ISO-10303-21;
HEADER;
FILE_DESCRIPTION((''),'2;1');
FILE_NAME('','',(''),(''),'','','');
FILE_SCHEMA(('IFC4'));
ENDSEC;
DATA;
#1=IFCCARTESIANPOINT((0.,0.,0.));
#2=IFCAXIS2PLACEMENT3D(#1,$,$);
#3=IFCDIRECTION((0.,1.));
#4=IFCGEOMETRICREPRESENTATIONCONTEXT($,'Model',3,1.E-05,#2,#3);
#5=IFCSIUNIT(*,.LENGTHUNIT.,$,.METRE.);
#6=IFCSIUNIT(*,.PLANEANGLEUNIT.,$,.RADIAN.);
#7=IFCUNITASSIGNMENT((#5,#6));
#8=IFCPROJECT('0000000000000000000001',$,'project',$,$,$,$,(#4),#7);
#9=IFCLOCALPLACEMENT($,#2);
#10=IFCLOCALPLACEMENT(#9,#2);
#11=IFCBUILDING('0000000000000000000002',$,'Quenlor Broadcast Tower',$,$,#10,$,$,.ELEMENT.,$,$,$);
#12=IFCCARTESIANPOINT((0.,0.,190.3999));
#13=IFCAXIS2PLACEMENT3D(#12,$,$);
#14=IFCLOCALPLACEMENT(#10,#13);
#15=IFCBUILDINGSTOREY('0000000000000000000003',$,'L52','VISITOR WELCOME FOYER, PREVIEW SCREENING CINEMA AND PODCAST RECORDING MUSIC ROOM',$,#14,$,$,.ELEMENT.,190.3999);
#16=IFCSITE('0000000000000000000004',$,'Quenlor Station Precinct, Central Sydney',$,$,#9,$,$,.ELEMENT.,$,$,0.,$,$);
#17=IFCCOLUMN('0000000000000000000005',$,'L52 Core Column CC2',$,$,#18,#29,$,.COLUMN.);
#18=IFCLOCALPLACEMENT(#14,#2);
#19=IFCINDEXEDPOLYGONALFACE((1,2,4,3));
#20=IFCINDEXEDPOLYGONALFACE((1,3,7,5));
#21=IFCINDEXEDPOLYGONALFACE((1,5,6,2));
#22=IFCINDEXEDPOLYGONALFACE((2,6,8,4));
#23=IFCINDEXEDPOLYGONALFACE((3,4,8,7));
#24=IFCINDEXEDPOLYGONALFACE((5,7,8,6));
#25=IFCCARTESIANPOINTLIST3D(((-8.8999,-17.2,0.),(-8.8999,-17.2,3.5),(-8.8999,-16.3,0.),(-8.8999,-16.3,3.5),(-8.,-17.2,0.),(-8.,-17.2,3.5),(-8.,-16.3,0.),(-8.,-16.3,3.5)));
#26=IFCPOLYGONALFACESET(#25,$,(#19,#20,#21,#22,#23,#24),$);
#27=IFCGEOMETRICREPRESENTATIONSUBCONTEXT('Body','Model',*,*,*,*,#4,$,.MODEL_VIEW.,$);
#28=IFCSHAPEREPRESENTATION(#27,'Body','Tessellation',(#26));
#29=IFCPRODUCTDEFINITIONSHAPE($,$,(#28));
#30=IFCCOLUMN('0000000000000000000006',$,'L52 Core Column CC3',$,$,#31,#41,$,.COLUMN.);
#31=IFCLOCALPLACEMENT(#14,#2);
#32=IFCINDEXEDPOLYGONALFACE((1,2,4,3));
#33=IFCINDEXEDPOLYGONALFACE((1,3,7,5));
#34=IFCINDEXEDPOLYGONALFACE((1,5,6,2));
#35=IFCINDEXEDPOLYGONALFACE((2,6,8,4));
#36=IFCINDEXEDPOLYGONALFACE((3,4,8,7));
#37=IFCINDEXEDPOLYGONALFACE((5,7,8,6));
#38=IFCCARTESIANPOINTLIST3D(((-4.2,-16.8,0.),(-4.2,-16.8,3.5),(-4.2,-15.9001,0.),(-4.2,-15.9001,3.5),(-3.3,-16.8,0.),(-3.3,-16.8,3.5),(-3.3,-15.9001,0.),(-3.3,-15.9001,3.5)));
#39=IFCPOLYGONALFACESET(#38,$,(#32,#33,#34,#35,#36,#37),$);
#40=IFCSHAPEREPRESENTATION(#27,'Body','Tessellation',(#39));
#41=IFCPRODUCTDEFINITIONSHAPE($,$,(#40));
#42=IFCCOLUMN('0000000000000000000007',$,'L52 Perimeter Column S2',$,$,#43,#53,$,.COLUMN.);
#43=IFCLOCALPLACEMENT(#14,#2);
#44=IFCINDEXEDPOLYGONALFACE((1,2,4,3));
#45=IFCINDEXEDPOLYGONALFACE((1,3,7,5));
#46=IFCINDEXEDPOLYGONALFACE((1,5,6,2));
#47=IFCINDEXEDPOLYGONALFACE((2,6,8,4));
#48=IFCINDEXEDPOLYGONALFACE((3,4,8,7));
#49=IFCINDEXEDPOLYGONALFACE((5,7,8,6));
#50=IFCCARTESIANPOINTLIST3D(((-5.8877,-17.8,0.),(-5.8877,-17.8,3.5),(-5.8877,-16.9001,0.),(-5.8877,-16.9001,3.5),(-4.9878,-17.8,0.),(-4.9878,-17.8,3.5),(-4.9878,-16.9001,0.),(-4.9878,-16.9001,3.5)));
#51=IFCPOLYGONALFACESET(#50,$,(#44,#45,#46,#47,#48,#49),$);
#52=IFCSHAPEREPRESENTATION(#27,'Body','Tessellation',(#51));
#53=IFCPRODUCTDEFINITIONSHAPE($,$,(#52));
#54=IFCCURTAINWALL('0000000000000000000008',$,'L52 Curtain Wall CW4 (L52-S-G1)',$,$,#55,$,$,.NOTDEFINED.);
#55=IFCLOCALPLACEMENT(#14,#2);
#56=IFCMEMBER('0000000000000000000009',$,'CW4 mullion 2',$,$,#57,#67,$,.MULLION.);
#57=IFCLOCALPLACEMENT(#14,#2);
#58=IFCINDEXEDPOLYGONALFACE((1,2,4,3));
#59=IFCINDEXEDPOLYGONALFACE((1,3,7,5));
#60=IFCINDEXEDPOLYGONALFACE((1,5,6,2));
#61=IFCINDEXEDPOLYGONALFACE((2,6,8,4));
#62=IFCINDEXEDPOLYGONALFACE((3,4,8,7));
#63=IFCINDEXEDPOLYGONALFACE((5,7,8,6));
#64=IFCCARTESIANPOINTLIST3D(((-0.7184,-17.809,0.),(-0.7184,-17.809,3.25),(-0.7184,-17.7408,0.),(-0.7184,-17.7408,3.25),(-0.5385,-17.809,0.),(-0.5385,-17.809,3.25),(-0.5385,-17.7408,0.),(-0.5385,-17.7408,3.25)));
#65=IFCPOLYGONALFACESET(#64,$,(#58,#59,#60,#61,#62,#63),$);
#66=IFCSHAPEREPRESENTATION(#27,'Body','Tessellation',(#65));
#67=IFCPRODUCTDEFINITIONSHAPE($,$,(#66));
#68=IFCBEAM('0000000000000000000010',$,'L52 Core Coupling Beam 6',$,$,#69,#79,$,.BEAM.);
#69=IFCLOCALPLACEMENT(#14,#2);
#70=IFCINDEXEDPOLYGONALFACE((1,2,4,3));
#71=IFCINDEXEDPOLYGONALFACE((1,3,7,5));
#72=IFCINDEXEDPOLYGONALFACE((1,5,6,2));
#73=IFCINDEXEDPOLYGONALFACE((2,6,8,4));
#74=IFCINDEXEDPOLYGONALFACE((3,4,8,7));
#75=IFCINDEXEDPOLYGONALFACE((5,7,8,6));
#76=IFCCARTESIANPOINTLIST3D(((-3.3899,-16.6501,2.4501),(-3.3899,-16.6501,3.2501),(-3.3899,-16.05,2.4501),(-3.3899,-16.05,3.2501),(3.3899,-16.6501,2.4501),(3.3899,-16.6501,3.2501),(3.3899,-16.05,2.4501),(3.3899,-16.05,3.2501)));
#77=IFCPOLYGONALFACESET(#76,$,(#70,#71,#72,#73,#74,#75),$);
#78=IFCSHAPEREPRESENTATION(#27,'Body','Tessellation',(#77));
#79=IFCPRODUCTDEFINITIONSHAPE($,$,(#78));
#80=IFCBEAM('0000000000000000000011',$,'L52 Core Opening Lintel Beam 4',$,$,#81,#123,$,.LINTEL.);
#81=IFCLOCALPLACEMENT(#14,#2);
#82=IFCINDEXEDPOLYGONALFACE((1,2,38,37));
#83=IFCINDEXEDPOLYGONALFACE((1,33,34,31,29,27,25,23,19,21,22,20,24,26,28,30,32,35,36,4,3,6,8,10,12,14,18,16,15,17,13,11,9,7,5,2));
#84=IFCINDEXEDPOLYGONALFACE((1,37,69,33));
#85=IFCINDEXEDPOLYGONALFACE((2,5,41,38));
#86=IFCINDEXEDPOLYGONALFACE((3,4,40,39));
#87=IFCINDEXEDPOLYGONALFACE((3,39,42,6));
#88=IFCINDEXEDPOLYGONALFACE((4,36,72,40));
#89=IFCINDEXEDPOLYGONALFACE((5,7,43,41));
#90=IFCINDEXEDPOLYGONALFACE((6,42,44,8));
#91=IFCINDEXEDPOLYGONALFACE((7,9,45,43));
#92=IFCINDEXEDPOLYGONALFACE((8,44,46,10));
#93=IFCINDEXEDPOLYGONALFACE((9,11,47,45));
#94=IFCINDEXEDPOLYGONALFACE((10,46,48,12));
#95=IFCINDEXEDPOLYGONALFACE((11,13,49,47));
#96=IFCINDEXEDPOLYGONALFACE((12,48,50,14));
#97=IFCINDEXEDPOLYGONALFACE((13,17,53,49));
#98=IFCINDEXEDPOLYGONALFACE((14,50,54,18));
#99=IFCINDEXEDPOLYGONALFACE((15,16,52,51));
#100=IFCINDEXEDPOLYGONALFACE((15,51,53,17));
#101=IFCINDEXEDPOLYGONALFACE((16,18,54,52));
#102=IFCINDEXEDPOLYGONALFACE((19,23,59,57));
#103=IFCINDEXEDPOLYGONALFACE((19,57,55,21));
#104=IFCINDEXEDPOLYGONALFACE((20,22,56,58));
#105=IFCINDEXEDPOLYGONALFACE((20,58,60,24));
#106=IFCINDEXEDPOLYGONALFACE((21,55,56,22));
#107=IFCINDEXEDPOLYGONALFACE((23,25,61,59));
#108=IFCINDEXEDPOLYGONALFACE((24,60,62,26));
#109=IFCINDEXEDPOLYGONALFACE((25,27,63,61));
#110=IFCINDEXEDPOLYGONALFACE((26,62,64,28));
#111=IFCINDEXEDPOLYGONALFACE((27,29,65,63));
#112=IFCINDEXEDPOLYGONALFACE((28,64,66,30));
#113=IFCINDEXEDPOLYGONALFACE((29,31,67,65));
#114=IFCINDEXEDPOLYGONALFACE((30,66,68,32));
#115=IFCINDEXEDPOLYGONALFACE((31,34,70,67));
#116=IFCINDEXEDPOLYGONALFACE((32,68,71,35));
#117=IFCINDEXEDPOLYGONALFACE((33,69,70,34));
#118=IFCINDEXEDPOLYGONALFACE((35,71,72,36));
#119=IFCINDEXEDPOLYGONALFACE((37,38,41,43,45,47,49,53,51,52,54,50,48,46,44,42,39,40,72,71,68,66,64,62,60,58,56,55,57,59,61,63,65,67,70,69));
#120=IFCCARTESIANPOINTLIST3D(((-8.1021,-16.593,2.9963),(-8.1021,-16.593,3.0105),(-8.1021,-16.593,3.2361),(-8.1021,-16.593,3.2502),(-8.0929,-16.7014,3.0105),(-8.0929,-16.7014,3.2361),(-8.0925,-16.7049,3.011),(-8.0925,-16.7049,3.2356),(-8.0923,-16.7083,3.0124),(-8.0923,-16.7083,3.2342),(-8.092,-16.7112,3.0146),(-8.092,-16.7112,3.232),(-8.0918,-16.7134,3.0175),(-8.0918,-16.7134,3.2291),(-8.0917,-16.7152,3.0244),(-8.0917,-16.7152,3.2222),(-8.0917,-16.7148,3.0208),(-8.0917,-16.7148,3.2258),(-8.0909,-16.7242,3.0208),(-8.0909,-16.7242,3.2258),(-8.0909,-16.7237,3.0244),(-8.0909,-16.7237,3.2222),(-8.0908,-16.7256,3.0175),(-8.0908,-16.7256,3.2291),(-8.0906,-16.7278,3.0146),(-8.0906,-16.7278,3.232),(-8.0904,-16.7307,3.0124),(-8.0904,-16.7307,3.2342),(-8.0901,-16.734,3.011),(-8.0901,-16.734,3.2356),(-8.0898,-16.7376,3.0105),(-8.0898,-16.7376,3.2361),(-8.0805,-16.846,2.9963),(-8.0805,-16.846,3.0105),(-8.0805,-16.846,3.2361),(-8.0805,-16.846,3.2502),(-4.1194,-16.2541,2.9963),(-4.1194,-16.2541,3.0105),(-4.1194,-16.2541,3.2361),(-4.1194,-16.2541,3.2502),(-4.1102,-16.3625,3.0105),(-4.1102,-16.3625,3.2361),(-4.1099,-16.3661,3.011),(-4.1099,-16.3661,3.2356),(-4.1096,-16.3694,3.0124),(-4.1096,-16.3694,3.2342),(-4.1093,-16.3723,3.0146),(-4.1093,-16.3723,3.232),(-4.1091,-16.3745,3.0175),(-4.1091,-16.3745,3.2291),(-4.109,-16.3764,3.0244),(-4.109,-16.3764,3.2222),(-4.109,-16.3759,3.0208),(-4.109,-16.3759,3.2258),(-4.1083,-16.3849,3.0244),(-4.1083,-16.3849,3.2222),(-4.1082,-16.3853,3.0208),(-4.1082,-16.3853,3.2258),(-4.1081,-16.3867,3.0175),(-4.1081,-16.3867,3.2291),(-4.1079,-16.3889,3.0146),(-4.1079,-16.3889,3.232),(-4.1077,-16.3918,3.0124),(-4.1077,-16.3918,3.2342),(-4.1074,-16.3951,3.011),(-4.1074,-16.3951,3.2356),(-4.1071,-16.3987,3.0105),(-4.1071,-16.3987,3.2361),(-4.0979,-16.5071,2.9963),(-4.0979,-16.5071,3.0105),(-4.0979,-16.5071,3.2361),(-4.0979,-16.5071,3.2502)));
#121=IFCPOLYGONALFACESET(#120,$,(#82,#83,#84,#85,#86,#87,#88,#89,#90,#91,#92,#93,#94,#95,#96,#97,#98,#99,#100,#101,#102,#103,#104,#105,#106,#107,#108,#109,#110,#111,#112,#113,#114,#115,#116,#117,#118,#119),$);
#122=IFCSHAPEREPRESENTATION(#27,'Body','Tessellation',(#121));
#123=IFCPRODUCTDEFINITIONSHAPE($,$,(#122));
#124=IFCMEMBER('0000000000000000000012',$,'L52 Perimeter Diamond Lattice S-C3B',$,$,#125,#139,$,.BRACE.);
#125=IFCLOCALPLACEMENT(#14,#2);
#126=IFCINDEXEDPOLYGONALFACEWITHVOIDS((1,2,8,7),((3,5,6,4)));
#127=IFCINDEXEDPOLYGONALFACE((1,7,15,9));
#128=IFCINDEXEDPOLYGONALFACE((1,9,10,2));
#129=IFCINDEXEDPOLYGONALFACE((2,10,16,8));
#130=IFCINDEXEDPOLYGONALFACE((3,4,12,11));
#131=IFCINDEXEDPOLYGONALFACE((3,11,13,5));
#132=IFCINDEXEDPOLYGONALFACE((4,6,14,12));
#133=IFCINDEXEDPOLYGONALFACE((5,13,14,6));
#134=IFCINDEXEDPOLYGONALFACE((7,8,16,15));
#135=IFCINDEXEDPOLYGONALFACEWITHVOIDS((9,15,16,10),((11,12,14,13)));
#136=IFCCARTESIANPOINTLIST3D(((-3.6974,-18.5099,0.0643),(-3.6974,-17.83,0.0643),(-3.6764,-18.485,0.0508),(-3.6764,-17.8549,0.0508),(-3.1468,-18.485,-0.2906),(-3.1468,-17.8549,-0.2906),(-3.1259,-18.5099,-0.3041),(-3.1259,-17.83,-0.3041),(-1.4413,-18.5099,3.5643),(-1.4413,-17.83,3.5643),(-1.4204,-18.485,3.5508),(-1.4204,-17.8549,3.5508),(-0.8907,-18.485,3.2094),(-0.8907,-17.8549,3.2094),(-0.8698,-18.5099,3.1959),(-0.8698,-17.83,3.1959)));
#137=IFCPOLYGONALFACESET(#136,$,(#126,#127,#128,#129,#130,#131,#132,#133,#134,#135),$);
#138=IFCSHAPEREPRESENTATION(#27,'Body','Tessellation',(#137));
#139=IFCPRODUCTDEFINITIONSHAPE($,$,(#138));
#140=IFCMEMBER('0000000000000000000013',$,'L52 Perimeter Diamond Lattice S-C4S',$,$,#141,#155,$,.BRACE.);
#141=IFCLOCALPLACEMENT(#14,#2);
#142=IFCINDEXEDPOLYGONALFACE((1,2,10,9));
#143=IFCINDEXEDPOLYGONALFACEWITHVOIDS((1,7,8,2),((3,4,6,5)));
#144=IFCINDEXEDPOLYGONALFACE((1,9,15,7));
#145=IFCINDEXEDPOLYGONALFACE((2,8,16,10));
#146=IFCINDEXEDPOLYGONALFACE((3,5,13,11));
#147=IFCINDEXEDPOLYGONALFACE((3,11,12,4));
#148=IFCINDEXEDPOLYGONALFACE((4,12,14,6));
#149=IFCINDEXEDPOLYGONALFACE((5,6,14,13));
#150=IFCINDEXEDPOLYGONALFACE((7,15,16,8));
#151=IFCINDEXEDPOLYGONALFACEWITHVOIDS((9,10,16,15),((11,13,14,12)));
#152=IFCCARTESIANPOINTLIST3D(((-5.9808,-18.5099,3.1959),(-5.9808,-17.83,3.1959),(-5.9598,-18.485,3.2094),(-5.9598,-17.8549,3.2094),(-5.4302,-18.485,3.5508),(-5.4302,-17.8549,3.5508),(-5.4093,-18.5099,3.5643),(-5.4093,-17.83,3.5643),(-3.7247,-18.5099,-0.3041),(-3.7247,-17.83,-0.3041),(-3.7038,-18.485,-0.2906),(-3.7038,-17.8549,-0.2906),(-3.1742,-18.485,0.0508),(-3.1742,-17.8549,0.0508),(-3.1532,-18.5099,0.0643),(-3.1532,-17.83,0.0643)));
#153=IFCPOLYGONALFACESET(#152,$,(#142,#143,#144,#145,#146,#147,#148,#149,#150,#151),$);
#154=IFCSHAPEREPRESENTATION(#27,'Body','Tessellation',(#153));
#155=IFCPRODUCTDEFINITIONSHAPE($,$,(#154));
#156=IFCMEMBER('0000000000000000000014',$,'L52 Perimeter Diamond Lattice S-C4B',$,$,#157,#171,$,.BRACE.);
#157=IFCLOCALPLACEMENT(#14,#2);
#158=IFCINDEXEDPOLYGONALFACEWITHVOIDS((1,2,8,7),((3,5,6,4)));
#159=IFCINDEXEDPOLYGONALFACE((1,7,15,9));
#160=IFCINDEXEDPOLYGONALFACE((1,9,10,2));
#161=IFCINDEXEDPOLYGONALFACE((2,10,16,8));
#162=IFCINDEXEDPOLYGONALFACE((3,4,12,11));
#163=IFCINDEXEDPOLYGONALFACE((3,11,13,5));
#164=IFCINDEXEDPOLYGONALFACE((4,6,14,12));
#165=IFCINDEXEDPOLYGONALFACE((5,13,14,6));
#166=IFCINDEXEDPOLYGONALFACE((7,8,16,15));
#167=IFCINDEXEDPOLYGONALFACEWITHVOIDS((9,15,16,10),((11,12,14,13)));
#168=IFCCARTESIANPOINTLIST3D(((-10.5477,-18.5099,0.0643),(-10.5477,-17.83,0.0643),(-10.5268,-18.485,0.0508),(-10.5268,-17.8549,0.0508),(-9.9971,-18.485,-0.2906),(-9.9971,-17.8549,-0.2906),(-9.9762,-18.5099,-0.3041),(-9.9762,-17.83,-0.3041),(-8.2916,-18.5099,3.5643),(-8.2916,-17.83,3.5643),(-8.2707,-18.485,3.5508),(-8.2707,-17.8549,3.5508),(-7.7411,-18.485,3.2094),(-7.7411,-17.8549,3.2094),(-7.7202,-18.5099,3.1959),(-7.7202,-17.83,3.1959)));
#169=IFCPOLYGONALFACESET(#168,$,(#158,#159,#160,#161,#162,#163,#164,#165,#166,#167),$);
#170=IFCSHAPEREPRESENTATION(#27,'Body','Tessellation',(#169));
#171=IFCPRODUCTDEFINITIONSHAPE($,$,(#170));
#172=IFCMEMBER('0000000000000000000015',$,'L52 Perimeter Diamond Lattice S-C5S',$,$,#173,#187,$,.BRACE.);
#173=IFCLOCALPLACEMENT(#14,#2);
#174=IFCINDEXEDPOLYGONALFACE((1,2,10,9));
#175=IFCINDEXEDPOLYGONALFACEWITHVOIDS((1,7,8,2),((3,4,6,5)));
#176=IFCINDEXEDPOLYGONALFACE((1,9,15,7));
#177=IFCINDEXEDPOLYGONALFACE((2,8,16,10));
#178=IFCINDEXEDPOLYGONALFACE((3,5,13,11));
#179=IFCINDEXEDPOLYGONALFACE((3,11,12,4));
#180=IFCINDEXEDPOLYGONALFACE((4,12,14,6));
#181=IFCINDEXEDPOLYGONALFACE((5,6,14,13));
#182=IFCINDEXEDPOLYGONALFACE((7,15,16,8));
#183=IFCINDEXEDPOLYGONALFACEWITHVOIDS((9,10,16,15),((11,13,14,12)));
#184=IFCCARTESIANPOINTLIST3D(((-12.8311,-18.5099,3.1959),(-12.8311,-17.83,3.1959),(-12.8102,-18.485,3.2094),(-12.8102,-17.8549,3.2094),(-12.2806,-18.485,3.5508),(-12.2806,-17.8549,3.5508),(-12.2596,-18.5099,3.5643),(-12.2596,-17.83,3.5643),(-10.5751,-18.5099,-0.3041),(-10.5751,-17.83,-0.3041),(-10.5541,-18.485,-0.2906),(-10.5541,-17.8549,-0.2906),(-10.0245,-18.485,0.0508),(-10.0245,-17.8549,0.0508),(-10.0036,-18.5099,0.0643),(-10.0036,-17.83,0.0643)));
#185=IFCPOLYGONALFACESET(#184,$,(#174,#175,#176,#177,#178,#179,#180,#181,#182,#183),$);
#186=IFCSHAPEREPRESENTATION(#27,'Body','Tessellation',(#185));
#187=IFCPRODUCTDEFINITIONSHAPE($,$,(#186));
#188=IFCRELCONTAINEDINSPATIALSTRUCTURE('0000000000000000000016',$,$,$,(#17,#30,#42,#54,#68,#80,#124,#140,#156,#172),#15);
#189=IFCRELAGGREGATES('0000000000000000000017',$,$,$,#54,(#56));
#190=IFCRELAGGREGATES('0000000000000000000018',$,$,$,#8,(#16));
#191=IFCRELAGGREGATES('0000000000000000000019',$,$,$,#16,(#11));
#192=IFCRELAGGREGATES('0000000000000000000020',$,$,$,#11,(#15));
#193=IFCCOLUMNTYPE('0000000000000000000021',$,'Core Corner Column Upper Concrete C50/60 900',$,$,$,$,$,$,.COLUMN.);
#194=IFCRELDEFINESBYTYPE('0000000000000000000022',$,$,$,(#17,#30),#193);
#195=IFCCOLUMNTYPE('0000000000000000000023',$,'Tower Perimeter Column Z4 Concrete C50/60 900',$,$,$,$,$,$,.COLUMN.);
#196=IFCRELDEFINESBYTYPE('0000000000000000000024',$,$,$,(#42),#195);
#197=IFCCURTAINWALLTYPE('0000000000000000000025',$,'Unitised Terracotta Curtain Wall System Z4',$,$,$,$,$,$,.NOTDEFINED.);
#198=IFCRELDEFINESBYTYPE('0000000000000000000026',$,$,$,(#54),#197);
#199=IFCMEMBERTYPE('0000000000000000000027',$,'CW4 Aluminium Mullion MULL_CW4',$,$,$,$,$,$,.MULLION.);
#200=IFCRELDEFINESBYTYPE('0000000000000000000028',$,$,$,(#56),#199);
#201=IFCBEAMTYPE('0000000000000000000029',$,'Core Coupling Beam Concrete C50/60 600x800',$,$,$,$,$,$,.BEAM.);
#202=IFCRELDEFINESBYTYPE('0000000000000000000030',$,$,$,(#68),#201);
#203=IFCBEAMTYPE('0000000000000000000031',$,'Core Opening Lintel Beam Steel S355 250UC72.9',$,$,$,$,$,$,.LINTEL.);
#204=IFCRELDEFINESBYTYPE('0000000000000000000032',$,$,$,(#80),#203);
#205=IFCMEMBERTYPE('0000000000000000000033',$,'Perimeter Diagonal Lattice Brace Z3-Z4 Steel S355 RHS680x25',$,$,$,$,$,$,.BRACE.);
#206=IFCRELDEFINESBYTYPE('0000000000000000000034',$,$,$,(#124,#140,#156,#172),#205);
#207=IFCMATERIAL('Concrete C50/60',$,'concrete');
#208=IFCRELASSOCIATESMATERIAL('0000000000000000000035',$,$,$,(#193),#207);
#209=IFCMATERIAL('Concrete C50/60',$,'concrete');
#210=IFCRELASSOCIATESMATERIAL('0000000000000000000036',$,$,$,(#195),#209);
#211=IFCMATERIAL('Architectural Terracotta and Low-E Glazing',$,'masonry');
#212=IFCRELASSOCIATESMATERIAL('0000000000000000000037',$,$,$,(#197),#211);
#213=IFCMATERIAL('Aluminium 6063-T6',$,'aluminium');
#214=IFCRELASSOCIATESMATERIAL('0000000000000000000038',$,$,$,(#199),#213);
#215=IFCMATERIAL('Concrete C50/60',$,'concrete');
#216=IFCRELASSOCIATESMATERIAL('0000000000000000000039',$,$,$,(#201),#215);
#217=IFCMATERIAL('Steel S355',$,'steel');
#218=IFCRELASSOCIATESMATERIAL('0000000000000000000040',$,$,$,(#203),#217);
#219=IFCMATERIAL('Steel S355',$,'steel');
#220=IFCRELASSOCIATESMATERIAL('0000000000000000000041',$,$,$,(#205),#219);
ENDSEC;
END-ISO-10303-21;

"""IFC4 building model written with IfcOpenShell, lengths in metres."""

from ifc_helpers import new_model, si_unit, direction, frame, origin, origin_2d, place, context, subcontext, project, spatial, rectangle, hollow_rectangle, i_section, extrude, material, material_profile, profile_set, type_object, element, aggregate, save


model = new_model("IFC4")

# Units and contexts
model_context = context("Model", 3, precision=1e-05, world=origin(), true_north=direction((0.0, 1.0)))
body_context = subcontext(model_context, "Body", "Model", "MODEL_VIEW")
ifc_project = project(units=[si_unit("LENGTHUNIT", "METRE"), si_unit("PLANEANGLEUNIT", "RADIAN")], contexts=[model_context])

# Site, building, storey
site_placement = place(None, origin())
site = spatial("IfcSite", under=ifc_project, at=site_placement, Name="Quenlor Station Precinct, Central Sydney", CompositionType="ELEMENT", RefElevation=0.0)
building_placement = place(site_placement, origin())
building = spatial("IfcBuilding", under=site, at=building_placement, Name="Quenlor Broadcast Tower", CompositionType="ELEMENT")
storey_placement = place(building_placement, frame((0.0, 0.0, 190.3999)))
storey = spatial("IfcBuildingStorey", under=building, at=storey_placement, Name="L52", Description="VISITOR WELCOME FOYER, PREVIEW SCREENING CINEMA AND PODCAST RECORDING MUSIC ROOM", CompositionType="ELEMENT", Elevation=190.3999)

# Columns
ifc_material_1 = material(Name="Concrete C50/60", Category="concrete")
ifc_material_profile_1 = material_profile(ifc_material_1, rectangle(XDim=0.8999, YDim=0.8999, at=origin_2d()))
ifc_profile_set_1 = profile_set([ifc_material_profile_1], Name="Concrete C50/60 RC900x900")
column_type_1 = type_object("IfcColumnType", Name="Core Corner Column Upper Concrete C50/60 900", PredefinedType="COLUMN", material=ifc_profile_set_1)
for number, where, z_axis, x_axis, name in (
    (1, (-8.45, -16.75, 0.0), (0.0, 0.0, 1.0), (1.0, 0.0, 0.0), "L52 Core Column CC2"),
    (2, (-3.75, -16.3501, 0.0), (0.0, 0.0, 1.0), (1.0, 0.0, 0.0), "L52 Core Column CC3"),
):
    element("IfcColumn", number, at=place(storey_placement, frame(where, z_axis=z_axis, x_axis=x_axis)), inside=storey, type_object=column_type_1, Name=name, PredefinedType="COLUMN", context=body_context, shape_type="SweptSolid", body=[
        extrude(rectangle(XDim=0.8999, YDim=0.8999, at=origin_2d()), origin(), (0.0, 0.0, 1.0), 3.5),
    ])
ifc_material_2 = material(Name="Concrete C50/60", Category="concrete")
ifc_material_profile_2 = material_profile(ifc_material_2, rectangle(XDim=0.8999, YDim=0.8999, at=origin_2d()))
ifc_profile_set_2 = profile_set([ifc_material_profile_2], Name="Concrete C50/60 RC900x900")
column_type_2 = type_object("IfcColumnType", Name="Tower Perimeter Column Z4 Concrete C50/60 900", PredefinedType="COLUMN", material=ifc_profile_set_2)
column_placement = place(storey_placement, frame((-5.4377, -17.3501, 0.0), z_axis=(0.0, 0.0, 1.0), x_axis=(0.0, 1.0, 0.0)))
element("IfcColumn", 3, at=column_placement, inside=storey, type_object=column_type_2, Name="L52 Perimeter Column S2", PredefinedType="COLUMN", context=body_context, shape_type="SweptSolid", body=[
    extrude(rectangle(XDim=0.8999, YDim=0.8999, at=origin_2d()), origin(), (0.0, 0.0, 1.0), 3.5),
])

# Curtain wall, member
ifc_material_3 = material(Name="Architectural Terracotta and Low-E Glazing", Category="masonry")
curtain_wall_type = type_object("IfcCurtainWallType", Name="Unitised Terracotta Curtain Wall System Z4", PredefinedType="NOTDEFINED", material=ifc_material_3)
curtain_wall_placement = place(storey_placement, origin())
curtain_wall = element("IfcCurtainWall", 4, at=curtain_wall_placement, inside=storey, type_object=curtain_wall_type, Name="L52 Curtain Wall CW4 (L52-S-G1)", PredefinedType="NOTDEFINED")
ifc_material_4 = material(Name="Aluminium 6063-T6", Category="aluminium")
ifc_material_profile_3 = material_profile(ifc_material_4, rectangle(XDim=0.0681, YDim=0.1799, at=origin_2d()))
ifc_profile_set_3 = profile_set([ifc_material_profile_3], Name="Aluminium 6063-T6 MULL68x180")
member_type_1 = type_object("IfcMemberType", Name="CW4 Aluminium Mullion MULL_CW4", PredefinedType="MULLION", material=ifc_profile_set_3)
member_placement = place(storey_placement, frame((-0.6284, -17.7749, 0.0), z_axis=(0.0, 0.0, 1.0), x_axis=(0.0, -1.0, 0.0)))
member = element("IfcMember", 5, at=member_placement, type_object=member_type_1, Name="CW4 mullion 2", PredefinedType="MULLION", context=body_context, shape_type="SweptSolid", body=[
    extrude(rectangle(XDim=0.0681, YDim=0.1799, at=origin_2d()), origin(), (0.0, 0.0, 1.0), 3.25),
])

# Beams
ifc_material_5 = material(Name="Concrete C50/60", Category="concrete")
ifc_material_profile_4 = material_profile(ifc_material_5, rectangle(XDim=0.6001, YDim=0.8, at=origin_2d()))
ifc_profile_set_4 = profile_set([ifc_material_profile_4], Name="Concrete C50/60 RCB600x800")
beam_type_1 = type_object("IfcBeamType", Name="Core Coupling Beam Concrete C50/60 600x800", PredefinedType="BEAM", material=ifc_profile_set_4)
beam_1_placement = place(storey_placement, frame((-3.3899, -16.3501, 2.8501), z_axis=(1.0, 0.0, 0.0), x_axis=(0.0, 1.0, 0.0)))
element("IfcBeam", 6, at=beam_1_placement, inside=storey, type_object=beam_type_1, Name="L52 Core Coupling Beam 6", PredefinedType="BEAM", context=body_context, shape_type="SweptSolid", body=[
    extrude(rectangle(XDim=0.6001, YDim=0.8, at=origin_2d()), origin(), (0.0, 0.0, 1.0), 6.7798),
])
ifc_material_6 = material(Name="Steel S355", Category="steel")
ifc_material_profile_5 = material_profile(ifc_material_6, i_section(OverallWidth=0.2539, OverallDepth=0.2539, WebThickness=0.0085, FlangeThickness=0.0142, FilletRadius=0.0139, at=origin_2d()))
ifc_profile_set_5 = profile_set([ifc_material_profile_5], Name="Steel S355 250UC72.9")
beam_type_2 = type_object("IfcBeamType", Name="Core Opening Lintel Beam Steel S355 250UC72.9", PredefinedType="LINTEL", material=ifc_profile_set_5)
beam_2_placement = place(storey_placement, frame((-8.0913, -16.7195, 3.1233), z_axis=(0.9964, 0.084779, 0.0), x_axis=(-0.084779, 0.9964, 0.0)))
element("IfcBeam", 7, at=beam_2_placement, inside=storey, type_object=beam_type_2, Name="L52 Core Opening Lintel Beam 4", PredefinedType="LINTEL", context=body_context, shape_type="SweptSolid", body=[
    extrude(i_section(OverallWidth=0.2539, OverallDepth=0.2539, WebThickness=0.0085, FlangeThickness=0.0142, FilletRadius=0.0139, at=origin_2d()), origin(), (0.0, 0.0, 1.0), 3.9971),
])

# Members
ifc_material_7 = material(Name="Steel S355", Category="steel")
ifc_material_profile_6 = material_profile(ifc_material_7, hollow_rectangle(XDim=0.6799, YDim=0.6799, WallThickness=0.0249, at=origin_2d()))
ifc_profile_set_6 = profile_set([ifc_material_profile_6], Name="Steel S355 RHS680x680x25")
member_type_2 = type_object("IfcMemberType", Name="Perimeter Diagonal Lattice Brace Z3-Z4 Steel S355 RHS680x25", PredefinedType="BRACE", material=ifc_profile_set_6)
for number, where, z_axis, x_axis, name in (
    (8, (-3.4116, -18.1699, -0.1199), (0.541794, 0.0, 0.840511), (0.0, 1.0, 0.0), "L52 Perimeter Diamond Lattice S-C3B"),
    (9, (-3.439, -18.1699, -0.1199), (-0.541794, 0.0, 0.840511), (0.0, -1.0, 0.0), "L52 Perimeter Diamond Lattice S-C4S"),
    (10, (-10.262, -18.1699, -0.1199), (0.541794, 0.0, 0.840511), (0.0, 1.0, 0.0), "L52 Perimeter Diamond Lattice S-C4B"),
    (11, (-10.2893, -18.1699, -0.1199), (-0.541794, 0.0, 0.840511), (0.0, -1.0, 0.0), "L52 Perimeter Diamond Lattice S-C5S"),
):
    element("IfcMember", number, at=place(storey_placement, frame(where, z_axis=z_axis, x_axis=x_axis)), inside=storey, type_object=member_type_2, Name=name, PredefinedType="BRACE", context=body_context, shape_type="SweptSolid", body=[
        extrude(hollow_rectangle(XDim=0.6799, YDim=0.6799, WallThickness=0.0249, at=origin_2d()), origin(), (0.0, 0.0, 1.0), 4.1641),
    ])

aggregate(curtain_wall, [member])

save(model, "model.ifc")
